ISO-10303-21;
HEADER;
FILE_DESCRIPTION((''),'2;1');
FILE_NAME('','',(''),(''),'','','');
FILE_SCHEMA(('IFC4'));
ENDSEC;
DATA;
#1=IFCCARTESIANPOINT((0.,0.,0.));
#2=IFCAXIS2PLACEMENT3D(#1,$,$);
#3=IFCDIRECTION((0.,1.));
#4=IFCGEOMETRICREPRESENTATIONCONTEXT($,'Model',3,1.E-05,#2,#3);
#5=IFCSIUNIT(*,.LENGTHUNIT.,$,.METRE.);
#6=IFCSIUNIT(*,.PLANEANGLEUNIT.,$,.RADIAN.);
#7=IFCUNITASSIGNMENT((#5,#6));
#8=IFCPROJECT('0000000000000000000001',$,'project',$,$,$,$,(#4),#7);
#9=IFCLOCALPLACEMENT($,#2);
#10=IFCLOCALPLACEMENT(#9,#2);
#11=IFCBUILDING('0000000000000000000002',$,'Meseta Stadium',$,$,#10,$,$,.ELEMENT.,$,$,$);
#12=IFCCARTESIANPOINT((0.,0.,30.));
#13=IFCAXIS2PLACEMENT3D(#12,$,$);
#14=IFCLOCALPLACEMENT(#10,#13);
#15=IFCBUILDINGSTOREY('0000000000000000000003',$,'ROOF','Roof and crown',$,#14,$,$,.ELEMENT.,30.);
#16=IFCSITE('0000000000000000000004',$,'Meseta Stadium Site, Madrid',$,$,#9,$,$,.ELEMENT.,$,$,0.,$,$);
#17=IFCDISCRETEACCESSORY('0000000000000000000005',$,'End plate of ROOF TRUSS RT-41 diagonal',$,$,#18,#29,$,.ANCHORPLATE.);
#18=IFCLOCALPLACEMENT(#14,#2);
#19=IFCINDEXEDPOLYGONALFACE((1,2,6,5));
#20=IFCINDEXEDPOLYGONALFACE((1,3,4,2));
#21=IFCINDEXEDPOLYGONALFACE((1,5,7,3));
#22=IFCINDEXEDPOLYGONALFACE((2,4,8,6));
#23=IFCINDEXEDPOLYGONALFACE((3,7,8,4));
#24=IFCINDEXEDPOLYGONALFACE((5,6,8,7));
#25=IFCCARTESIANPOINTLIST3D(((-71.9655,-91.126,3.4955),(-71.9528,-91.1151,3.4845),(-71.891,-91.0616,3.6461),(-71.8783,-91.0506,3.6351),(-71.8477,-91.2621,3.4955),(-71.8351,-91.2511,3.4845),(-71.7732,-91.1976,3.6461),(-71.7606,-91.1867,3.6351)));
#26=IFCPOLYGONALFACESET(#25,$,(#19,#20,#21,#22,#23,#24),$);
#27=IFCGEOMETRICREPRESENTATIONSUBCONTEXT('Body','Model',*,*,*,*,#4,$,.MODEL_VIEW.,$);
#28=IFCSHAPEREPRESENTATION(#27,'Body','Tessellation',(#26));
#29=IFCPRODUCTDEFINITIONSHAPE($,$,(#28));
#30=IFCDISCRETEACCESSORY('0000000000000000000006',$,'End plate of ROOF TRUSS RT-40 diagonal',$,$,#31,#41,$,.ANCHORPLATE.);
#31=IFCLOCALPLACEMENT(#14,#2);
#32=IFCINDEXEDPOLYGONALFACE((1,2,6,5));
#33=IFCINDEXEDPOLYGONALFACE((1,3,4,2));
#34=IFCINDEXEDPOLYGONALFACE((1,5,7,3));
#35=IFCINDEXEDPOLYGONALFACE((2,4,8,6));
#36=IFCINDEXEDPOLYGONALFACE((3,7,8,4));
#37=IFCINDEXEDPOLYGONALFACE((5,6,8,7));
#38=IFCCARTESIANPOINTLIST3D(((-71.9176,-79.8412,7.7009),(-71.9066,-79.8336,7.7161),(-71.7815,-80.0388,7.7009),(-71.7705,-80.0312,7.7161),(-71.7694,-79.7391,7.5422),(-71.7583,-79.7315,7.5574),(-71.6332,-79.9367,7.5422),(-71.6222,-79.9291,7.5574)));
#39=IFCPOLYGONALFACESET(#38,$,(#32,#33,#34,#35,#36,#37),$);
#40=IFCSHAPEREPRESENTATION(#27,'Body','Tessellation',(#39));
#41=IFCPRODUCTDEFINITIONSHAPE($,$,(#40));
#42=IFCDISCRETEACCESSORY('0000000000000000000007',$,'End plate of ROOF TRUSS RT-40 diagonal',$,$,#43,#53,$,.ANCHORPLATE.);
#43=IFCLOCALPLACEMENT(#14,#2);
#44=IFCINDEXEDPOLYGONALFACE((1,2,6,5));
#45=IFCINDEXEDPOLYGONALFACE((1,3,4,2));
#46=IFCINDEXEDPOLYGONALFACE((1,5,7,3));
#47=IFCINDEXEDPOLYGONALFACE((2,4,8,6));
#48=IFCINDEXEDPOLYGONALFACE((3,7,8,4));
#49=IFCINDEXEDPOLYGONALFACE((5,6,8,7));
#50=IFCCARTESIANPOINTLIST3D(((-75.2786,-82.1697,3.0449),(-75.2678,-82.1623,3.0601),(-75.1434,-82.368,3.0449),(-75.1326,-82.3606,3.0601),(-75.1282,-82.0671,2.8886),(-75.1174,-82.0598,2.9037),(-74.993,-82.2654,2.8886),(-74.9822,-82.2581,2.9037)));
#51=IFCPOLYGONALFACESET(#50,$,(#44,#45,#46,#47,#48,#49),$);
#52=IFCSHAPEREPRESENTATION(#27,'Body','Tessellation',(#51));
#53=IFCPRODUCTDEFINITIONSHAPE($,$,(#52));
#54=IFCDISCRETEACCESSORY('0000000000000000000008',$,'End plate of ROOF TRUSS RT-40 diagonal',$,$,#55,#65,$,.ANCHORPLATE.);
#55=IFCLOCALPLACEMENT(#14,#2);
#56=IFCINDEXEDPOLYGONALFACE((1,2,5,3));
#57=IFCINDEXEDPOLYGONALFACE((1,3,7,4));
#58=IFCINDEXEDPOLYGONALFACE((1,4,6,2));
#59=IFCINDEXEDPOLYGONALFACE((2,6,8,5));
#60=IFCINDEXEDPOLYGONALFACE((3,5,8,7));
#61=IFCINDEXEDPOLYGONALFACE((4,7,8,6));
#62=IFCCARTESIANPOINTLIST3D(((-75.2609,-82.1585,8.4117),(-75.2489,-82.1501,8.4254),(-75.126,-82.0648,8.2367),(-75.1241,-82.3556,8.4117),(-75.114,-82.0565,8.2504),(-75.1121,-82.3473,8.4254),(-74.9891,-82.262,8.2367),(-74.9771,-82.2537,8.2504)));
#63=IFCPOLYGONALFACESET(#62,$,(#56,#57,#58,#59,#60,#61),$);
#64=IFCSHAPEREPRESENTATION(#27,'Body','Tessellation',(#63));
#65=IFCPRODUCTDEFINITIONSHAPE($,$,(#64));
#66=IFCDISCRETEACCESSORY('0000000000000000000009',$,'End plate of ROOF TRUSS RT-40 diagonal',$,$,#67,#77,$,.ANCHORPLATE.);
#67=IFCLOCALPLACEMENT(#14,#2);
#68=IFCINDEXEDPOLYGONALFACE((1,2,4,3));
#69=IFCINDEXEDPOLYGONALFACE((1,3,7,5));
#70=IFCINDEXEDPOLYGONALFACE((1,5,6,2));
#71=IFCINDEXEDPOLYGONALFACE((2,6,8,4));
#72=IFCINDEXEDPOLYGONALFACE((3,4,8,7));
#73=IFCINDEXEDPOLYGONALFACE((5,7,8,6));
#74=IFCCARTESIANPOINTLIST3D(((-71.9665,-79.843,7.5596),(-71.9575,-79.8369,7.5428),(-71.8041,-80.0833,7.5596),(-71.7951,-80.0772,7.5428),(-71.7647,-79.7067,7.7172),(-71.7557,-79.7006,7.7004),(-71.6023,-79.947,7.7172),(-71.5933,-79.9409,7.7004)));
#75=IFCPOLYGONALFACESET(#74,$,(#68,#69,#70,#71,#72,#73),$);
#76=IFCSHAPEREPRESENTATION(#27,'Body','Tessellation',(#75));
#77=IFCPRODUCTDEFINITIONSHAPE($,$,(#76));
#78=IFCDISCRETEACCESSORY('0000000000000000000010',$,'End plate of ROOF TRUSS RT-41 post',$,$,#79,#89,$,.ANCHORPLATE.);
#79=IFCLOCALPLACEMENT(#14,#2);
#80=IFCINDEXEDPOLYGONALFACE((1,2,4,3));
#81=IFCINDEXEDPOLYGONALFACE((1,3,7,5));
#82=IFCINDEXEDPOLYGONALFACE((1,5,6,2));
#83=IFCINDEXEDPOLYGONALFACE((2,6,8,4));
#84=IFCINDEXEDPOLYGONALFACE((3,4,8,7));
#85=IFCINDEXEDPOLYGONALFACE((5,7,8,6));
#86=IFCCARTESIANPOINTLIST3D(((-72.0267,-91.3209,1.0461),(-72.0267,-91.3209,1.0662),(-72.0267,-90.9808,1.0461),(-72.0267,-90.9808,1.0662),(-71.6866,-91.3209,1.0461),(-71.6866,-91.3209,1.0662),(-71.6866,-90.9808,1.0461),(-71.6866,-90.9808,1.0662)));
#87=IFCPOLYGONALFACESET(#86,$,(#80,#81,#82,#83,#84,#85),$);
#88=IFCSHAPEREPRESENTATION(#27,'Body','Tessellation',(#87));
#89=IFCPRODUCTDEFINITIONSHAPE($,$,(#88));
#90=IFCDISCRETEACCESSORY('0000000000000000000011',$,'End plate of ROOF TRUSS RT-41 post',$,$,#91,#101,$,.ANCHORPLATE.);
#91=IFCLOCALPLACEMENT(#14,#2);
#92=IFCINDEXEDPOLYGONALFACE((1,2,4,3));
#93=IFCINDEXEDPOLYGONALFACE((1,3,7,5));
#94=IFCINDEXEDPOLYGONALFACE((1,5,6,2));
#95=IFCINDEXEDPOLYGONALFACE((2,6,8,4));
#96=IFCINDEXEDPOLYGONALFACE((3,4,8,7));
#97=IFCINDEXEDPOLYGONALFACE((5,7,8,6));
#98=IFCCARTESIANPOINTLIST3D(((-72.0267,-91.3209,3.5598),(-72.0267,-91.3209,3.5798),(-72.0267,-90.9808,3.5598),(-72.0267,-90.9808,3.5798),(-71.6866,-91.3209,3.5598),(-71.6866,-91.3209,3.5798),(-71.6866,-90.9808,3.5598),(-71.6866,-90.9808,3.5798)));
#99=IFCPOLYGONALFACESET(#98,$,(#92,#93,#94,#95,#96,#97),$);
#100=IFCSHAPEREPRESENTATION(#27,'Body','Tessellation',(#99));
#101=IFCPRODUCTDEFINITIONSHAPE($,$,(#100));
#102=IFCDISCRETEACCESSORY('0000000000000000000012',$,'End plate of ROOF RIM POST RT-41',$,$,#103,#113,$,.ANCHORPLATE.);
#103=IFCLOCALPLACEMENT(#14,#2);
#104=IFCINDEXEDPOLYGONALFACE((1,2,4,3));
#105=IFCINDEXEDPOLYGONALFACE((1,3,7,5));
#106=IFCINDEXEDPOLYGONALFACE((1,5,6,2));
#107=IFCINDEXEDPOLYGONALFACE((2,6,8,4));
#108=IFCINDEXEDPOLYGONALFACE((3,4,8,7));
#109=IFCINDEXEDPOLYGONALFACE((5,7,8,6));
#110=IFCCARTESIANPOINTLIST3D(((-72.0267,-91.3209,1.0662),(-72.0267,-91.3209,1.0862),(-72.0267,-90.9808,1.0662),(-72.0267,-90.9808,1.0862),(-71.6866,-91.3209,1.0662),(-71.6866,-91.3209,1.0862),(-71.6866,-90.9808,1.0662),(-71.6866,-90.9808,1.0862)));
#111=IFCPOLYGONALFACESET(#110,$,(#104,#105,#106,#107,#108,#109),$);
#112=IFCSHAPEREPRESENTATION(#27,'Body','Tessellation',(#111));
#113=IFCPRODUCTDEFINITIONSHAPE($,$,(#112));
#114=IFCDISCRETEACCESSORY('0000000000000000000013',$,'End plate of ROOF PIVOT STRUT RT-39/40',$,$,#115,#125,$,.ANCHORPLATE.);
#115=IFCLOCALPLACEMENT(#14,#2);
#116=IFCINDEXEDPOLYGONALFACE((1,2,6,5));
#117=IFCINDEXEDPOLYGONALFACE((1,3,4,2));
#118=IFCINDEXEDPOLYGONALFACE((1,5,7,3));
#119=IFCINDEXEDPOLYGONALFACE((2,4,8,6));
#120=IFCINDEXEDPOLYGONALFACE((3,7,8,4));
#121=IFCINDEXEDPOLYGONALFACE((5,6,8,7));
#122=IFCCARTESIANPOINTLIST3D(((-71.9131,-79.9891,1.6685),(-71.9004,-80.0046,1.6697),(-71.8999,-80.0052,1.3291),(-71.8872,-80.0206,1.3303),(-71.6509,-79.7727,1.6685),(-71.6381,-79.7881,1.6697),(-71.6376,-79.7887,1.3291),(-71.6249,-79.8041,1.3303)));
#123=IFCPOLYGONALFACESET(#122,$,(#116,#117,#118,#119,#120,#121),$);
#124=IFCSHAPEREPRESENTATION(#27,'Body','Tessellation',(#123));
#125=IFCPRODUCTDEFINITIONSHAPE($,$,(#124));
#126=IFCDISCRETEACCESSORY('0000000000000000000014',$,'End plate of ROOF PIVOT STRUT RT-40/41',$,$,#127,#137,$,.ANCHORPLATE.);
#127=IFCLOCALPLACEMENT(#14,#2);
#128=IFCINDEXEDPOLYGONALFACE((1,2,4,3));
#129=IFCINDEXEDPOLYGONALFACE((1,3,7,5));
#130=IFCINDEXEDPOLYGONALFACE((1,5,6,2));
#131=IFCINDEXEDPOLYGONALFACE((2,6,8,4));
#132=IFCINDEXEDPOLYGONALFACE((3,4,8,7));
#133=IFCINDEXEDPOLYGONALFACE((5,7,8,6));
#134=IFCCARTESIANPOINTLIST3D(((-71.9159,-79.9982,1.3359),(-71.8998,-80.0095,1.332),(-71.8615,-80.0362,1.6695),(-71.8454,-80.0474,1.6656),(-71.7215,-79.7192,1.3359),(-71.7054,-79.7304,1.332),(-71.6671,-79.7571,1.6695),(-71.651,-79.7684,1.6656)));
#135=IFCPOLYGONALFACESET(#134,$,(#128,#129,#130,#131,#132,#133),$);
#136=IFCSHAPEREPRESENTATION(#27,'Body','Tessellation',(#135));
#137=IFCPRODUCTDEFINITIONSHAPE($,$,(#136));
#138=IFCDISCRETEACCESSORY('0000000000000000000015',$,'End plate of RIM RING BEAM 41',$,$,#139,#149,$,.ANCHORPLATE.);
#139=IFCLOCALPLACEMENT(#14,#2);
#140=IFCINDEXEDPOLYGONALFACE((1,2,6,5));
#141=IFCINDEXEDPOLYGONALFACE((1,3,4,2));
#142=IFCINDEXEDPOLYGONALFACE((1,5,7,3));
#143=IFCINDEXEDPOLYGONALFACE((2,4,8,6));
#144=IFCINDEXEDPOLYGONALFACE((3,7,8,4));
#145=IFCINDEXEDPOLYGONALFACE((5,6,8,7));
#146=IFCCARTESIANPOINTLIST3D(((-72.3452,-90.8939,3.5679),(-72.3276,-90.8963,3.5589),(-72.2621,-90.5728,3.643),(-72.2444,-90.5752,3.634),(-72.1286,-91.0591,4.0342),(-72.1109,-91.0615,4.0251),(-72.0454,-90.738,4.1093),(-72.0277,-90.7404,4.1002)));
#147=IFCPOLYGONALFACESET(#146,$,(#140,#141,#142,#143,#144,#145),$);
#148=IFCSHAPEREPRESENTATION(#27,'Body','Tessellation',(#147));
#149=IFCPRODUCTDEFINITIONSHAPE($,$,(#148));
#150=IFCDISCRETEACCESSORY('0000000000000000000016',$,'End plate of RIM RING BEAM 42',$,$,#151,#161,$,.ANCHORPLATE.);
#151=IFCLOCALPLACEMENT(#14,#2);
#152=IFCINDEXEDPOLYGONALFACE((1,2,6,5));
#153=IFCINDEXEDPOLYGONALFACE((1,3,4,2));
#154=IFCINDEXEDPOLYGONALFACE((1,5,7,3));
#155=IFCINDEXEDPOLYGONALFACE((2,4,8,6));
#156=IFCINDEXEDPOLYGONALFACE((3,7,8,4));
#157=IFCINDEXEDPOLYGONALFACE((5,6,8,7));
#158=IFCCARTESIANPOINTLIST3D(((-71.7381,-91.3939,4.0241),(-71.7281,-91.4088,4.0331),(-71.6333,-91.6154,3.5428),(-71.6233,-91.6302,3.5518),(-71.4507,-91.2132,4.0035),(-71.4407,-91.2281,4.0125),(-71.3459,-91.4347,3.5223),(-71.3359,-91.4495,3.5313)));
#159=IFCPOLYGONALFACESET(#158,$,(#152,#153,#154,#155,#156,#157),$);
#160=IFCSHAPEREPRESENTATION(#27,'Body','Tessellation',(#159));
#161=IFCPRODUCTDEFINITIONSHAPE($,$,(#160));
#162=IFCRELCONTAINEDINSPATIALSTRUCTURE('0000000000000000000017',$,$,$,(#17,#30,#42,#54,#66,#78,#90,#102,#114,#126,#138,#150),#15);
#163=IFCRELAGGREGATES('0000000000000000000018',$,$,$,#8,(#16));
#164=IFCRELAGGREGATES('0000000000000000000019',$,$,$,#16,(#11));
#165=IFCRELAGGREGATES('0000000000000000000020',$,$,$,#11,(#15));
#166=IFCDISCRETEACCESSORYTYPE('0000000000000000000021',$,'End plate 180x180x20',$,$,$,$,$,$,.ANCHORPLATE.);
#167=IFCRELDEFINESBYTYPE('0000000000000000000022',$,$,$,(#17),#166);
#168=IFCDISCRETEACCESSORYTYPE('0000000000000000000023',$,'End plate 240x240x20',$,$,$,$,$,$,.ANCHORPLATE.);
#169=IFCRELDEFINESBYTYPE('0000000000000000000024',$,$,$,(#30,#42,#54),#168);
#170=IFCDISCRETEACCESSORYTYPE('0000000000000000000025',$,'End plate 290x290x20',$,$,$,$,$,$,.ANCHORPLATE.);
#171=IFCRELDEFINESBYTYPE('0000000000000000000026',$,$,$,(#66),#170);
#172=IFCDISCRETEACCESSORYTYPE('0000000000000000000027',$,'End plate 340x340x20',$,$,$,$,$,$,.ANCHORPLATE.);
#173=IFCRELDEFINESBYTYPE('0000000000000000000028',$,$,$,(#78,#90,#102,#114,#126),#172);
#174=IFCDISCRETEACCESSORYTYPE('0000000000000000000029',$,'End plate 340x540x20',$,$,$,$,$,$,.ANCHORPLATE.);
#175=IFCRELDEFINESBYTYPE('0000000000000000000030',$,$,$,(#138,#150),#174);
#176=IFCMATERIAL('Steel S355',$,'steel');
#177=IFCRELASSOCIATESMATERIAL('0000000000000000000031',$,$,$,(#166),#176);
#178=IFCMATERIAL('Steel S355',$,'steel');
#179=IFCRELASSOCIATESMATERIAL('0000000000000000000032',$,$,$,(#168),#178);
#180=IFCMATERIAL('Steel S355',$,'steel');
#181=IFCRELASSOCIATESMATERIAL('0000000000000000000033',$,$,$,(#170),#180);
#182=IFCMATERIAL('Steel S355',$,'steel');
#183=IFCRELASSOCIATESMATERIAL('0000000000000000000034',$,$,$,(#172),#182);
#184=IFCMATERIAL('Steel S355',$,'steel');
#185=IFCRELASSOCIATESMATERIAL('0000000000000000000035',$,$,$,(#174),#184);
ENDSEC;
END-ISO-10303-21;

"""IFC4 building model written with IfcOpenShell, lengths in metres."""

from ifc_helpers import new_model, si_unit, direction, frame, origin, origin_2d, place, context, subcontext, project, spatial, rectangle, extrude, material, material_profile, profile_set, type_object, element, save


model = new_model("IFC4")

# Units and contexts
model_context = context("Model", 3, precision=1e-05, world=origin(), true_north=direction((0.0, 1.0)))
body_context = subcontext(model_context, "Body", "Model", "MODEL_VIEW")
ifc_project = project(units=[si_unit("LENGTHUNIT", "METRE"), si_unit("PLANEANGLEUNIT", "RADIAN")], contexts=[model_context])

# Site, building, storey
site_placement = place(None, origin())
site = spatial("IfcSite", under=ifc_project, at=site_placement, Name="Meseta Stadium Site, Madrid", CompositionType="ELEMENT", RefElevation=0.0)
building_placement = place(site_placement, origin())
building = spatial("IfcBuilding", under=site, at=building_placement, Name="Meseta Stadium", CompositionType="ELEMENT")
storey_placement = place(building_placement, frame((0.0, 0.0, 30.0)))
storey = spatial("IfcBuildingStorey", under=building, at=storey_placement, Name="ROOF", Description="Roof and crown", CompositionType="ELEMENT", Elevation=30.0)

# Discrete accessories
ifc_material_1 = material(Name="Steel S355", Category="steel")
ifc_material_profile_1 = material_profile(ifc_material_1, rectangle(XDim=0.1799, YDim=0.1799, at=origin_2d()), Name="PL 180x180")
ifc_profile_set_1 = profile_set([ifc_material_profile_1], Name="Steel S355")
discrete_accessory_type_1 = type_object("IfcDiscreteAccessoryType", Name="End plate 180x180x20", PredefinedType="ANCHORPLATE", material=ifc_profile_set_1)
discrete_accessory_1_placement = place(storey_placement, frame((-71.8567, -91.1509, 3.5598), z_axis=(-0.632736, -0.54756, 0.54756), x_axis=(0.654377, -0.756169, 0.0)))
element("IfcDiscreteAccessory", 1, at=discrete_accessory_1_placement, inside=storey, type_object=discrete_accessory_type_1, Name="End plate of ROOF TRUSS RT-41 diagonal", PredefinedType="ANCHORPLATE", context=body_context, shape_type="SweptSolid", body=[
    extrude(rectangle(XDim=0.1799, YDim=0.1799, at=origin_2d()), origin(), (0.0, 0.0, 1.0), 0.02),
])
ifc_material_2 = material(Name="Steel S355", Category="steel")
ifc_material_profile_2 = material_profile(ifc_material_2, rectangle(XDim=0.24, YDim=0.24, at=origin_2d()), Name="PL 240x240")
ifc_profile_set_2 = profile_set([ifc_material_profile_2], Name="Steel S355")
discrete_accessory_type_2 = type_object("IfcDiscreteAccessoryType", Name="End plate 240x240x20", PredefinedType="ANCHORPLATE", material=ifc_profile_set_2)
discrete_accessory_2_placement = place(storey_placement, frame((-71.7644, -79.8813, 7.6367), z_axis=(-0.544505, -0.375104, -0.750207), x_axis=(0.567305, -0.823508, 0.0)))
element("IfcDiscreteAccessory", 2, at=discrete_accessory_2_placement, inside=storey, type_object=discrete_accessory_type_2, Name="End plate of ROOF TRUSS RT-40 diagonal", PredefinedType="ANCHORPLATE", context=body_context, shape_type="SweptSolid", body=[
    extrude(rectangle(XDim=0.24, YDim=0.24, at=origin_2d()), origin(), (0.0, 0.0, 1.0), 0.0203),
])
for number, where, z_axis, x_axis, name in (
    (3, (-75.125, -82.2102, 2.9819), (-0.53835, -0.367057, -0.758584), (0.563337, -0.826227, 0.0), "End plate of ROOF TRUSS RT-40 diagonal"),
    (4, (-75.113, -82.2019, 8.3379), (-0.598943, -0.415593, -0.684507), (0.570082, -0.821588, 0.0), "End plate of ROOF TRUSS RT-40 diagonal"),
):
    element("IfcDiscreteAccessory", number, at=place(storey_placement, frame(where, z_axis=z_axis, x_axis=x_axis)), inside=storey, type_object=discrete_accessory_type_2, Name=name, PredefinedType="ANCHORPLATE", context=body_context, shape_type="SweptSolid", body=[
        extrude(rectangle(XDim=0.24, YDim=0.24, at=origin_2d()), origin(), (0.0, 0.0, 1.0), 0.02),
    ])
ifc_material_3 = material(Name="Steel S355", Category="steel")
ifc_material_profile_3 = material_profile(ifc_material_3, rectangle(XDim=0.29, YDim=0.29, at=origin_2d()), Name="PL 290x290")
ifc_profile_set_3 = profile_set([ifc_material_profile_3], Name="Steel S355")
discrete_accessory_type_3 = type_object("IfcDiscreteAccessoryType", Name="End plate 290x290x20", PredefinedType="ANCHORPLATE", material=ifc_profile_set_3)
discrete_accessory_3_placement = place(storey_placement, frame((-71.7754, -79.8889, 7.6216), z_axis=(-0.450183, -0.304178, 0.83953), x_axis=(0.559857, -0.828589, 0.0)))
element("IfcDiscreteAccessory", 5, at=discrete_accessory_3_placement, inside=storey, type_object=discrete_accessory_type_3, Name="End plate of ROOF TRUSS RT-40 diagonal", PredefinedType="ANCHORPLATE", context=body_context, shape_type="SweptSolid", body=[
    extrude(rectangle(XDim=0.29, YDim=0.29, at=origin_2d()), origin(), (0.0, 0.0, 1.0), 0.02),
])
ifc_material_4 = material(Name="Steel S355", Category="steel")
ifc_material_profile_4 = material_profile(ifc_material_4, rectangle(XDim=0.3401, YDim=0.3401, at=origin_2d()), Name="PL 340x340")
ifc_profile_set_4 = profile_set([ifc_material_profile_4], Name="Steel S355")
discrete_accessory_type_4 = type_object("IfcDiscreteAccessoryType", Name="End plate 340x340x20", PredefinedType="ANCHORPLATE", material=ifc_profile_set_4)
for number, where, z_axis, x_axis, name in (
    (6, (-71.8567, -91.1509, 1.0461), (0.0, 0.0, 1.0), (1.0, 0.0, 0.0), "End plate of ROOF TRUSS RT-41 post"),
    (7, (-71.8567, -91.1509, 3.5598), (0.0, 0.0, 1.0), (1.0, 0.0, 0.0), "End plate of ROOF TRUSS RT-41 post"),
    (8, (-71.8567, -91.1509, 1.0662), (0.0, 0.0, 1.0), (1.0, 0.0, 0.0), "End plate of ROOF RIM POST RT-41"),
    (9, (-71.7754, -79.8889, 1.4988), (0.635376, -0.769782, 0.061094), (0.771223, 0.636565, 0.0), "End plate of ROOF PIVOT STRUT RT-39/40"),
    (10, (-71.7915, -79.8777, 1.5027), (0.804639, -0.560809, -0.195064), (0.571793, 0.820398, 0.0), "End plate of ROOF PIVOT STRUT RT-40/41"),
):
    element("IfcDiscreteAccessory", number, at=place(storey_placement, frame(where, z_axis=z_axis, x_axis=x_axis)), inside=storey, type_object=discrete_accessory_type_4, Name=name, PredefinedType="ANCHORPLATE", context=body_context, shape_type="SweptSolid", body=[
        extrude(rectangle(XDim=0.3401, YDim=0.3401, at=origin_2d()), origin(), (0.0, 0.0, 1.0), 0.02),
    ])
ifc_material_5 = material(Name="Steel S355", Category="steel")
ifc_material_profile_5 = material_profile(ifc_material_5, rectangle(XDim=0.3401, YDim=0.54, at=origin_2d()), Name="PL 340x540")
ifc_profile_set_5 = profile_set([ifc_material_profile_5], Name="Steel S355")
discrete_accessory_type_5 = type_object("IfcDiscreteAccessoryType", Name="End plate 340x540x20", PredefinedType="ANCHORPLATE", material=ifc_profile_set_5)
for number, where, z_axis, x_axis, name in (
    (11, (-72.1953, -90.8159, 3.8386), (0.882722, -0.1226, -0.453621), (0.244614, 0.944138, 0.220833), "End plate of RIM RING BEAM 41"),
    (12, (-71.542, -91.4143, 3.7732), (0.498262, -0.741316, 0.449651), (0.845025, 0.531298, -0.060455), "End plate of RIM RING BEAM 42"),
):
    element("IfcDiscreteAccessory", number, at=place(storey_placement, frame(where, z_axis=z_axis, x_axis=x_axis)), inside=storey, type_object=discrete_accessory_type_5, Name=name, PredefinedType="ANCHORPLATE", context=body_context, shape_type="SweptSolid", body=[
        extrude(rectangle(XDim=0.3401, YDim=0.54, at=origin_2d()), origin(), (0.0, 0.0, 1.0), 0.02),
    ])

save(model, "model.ifc")
